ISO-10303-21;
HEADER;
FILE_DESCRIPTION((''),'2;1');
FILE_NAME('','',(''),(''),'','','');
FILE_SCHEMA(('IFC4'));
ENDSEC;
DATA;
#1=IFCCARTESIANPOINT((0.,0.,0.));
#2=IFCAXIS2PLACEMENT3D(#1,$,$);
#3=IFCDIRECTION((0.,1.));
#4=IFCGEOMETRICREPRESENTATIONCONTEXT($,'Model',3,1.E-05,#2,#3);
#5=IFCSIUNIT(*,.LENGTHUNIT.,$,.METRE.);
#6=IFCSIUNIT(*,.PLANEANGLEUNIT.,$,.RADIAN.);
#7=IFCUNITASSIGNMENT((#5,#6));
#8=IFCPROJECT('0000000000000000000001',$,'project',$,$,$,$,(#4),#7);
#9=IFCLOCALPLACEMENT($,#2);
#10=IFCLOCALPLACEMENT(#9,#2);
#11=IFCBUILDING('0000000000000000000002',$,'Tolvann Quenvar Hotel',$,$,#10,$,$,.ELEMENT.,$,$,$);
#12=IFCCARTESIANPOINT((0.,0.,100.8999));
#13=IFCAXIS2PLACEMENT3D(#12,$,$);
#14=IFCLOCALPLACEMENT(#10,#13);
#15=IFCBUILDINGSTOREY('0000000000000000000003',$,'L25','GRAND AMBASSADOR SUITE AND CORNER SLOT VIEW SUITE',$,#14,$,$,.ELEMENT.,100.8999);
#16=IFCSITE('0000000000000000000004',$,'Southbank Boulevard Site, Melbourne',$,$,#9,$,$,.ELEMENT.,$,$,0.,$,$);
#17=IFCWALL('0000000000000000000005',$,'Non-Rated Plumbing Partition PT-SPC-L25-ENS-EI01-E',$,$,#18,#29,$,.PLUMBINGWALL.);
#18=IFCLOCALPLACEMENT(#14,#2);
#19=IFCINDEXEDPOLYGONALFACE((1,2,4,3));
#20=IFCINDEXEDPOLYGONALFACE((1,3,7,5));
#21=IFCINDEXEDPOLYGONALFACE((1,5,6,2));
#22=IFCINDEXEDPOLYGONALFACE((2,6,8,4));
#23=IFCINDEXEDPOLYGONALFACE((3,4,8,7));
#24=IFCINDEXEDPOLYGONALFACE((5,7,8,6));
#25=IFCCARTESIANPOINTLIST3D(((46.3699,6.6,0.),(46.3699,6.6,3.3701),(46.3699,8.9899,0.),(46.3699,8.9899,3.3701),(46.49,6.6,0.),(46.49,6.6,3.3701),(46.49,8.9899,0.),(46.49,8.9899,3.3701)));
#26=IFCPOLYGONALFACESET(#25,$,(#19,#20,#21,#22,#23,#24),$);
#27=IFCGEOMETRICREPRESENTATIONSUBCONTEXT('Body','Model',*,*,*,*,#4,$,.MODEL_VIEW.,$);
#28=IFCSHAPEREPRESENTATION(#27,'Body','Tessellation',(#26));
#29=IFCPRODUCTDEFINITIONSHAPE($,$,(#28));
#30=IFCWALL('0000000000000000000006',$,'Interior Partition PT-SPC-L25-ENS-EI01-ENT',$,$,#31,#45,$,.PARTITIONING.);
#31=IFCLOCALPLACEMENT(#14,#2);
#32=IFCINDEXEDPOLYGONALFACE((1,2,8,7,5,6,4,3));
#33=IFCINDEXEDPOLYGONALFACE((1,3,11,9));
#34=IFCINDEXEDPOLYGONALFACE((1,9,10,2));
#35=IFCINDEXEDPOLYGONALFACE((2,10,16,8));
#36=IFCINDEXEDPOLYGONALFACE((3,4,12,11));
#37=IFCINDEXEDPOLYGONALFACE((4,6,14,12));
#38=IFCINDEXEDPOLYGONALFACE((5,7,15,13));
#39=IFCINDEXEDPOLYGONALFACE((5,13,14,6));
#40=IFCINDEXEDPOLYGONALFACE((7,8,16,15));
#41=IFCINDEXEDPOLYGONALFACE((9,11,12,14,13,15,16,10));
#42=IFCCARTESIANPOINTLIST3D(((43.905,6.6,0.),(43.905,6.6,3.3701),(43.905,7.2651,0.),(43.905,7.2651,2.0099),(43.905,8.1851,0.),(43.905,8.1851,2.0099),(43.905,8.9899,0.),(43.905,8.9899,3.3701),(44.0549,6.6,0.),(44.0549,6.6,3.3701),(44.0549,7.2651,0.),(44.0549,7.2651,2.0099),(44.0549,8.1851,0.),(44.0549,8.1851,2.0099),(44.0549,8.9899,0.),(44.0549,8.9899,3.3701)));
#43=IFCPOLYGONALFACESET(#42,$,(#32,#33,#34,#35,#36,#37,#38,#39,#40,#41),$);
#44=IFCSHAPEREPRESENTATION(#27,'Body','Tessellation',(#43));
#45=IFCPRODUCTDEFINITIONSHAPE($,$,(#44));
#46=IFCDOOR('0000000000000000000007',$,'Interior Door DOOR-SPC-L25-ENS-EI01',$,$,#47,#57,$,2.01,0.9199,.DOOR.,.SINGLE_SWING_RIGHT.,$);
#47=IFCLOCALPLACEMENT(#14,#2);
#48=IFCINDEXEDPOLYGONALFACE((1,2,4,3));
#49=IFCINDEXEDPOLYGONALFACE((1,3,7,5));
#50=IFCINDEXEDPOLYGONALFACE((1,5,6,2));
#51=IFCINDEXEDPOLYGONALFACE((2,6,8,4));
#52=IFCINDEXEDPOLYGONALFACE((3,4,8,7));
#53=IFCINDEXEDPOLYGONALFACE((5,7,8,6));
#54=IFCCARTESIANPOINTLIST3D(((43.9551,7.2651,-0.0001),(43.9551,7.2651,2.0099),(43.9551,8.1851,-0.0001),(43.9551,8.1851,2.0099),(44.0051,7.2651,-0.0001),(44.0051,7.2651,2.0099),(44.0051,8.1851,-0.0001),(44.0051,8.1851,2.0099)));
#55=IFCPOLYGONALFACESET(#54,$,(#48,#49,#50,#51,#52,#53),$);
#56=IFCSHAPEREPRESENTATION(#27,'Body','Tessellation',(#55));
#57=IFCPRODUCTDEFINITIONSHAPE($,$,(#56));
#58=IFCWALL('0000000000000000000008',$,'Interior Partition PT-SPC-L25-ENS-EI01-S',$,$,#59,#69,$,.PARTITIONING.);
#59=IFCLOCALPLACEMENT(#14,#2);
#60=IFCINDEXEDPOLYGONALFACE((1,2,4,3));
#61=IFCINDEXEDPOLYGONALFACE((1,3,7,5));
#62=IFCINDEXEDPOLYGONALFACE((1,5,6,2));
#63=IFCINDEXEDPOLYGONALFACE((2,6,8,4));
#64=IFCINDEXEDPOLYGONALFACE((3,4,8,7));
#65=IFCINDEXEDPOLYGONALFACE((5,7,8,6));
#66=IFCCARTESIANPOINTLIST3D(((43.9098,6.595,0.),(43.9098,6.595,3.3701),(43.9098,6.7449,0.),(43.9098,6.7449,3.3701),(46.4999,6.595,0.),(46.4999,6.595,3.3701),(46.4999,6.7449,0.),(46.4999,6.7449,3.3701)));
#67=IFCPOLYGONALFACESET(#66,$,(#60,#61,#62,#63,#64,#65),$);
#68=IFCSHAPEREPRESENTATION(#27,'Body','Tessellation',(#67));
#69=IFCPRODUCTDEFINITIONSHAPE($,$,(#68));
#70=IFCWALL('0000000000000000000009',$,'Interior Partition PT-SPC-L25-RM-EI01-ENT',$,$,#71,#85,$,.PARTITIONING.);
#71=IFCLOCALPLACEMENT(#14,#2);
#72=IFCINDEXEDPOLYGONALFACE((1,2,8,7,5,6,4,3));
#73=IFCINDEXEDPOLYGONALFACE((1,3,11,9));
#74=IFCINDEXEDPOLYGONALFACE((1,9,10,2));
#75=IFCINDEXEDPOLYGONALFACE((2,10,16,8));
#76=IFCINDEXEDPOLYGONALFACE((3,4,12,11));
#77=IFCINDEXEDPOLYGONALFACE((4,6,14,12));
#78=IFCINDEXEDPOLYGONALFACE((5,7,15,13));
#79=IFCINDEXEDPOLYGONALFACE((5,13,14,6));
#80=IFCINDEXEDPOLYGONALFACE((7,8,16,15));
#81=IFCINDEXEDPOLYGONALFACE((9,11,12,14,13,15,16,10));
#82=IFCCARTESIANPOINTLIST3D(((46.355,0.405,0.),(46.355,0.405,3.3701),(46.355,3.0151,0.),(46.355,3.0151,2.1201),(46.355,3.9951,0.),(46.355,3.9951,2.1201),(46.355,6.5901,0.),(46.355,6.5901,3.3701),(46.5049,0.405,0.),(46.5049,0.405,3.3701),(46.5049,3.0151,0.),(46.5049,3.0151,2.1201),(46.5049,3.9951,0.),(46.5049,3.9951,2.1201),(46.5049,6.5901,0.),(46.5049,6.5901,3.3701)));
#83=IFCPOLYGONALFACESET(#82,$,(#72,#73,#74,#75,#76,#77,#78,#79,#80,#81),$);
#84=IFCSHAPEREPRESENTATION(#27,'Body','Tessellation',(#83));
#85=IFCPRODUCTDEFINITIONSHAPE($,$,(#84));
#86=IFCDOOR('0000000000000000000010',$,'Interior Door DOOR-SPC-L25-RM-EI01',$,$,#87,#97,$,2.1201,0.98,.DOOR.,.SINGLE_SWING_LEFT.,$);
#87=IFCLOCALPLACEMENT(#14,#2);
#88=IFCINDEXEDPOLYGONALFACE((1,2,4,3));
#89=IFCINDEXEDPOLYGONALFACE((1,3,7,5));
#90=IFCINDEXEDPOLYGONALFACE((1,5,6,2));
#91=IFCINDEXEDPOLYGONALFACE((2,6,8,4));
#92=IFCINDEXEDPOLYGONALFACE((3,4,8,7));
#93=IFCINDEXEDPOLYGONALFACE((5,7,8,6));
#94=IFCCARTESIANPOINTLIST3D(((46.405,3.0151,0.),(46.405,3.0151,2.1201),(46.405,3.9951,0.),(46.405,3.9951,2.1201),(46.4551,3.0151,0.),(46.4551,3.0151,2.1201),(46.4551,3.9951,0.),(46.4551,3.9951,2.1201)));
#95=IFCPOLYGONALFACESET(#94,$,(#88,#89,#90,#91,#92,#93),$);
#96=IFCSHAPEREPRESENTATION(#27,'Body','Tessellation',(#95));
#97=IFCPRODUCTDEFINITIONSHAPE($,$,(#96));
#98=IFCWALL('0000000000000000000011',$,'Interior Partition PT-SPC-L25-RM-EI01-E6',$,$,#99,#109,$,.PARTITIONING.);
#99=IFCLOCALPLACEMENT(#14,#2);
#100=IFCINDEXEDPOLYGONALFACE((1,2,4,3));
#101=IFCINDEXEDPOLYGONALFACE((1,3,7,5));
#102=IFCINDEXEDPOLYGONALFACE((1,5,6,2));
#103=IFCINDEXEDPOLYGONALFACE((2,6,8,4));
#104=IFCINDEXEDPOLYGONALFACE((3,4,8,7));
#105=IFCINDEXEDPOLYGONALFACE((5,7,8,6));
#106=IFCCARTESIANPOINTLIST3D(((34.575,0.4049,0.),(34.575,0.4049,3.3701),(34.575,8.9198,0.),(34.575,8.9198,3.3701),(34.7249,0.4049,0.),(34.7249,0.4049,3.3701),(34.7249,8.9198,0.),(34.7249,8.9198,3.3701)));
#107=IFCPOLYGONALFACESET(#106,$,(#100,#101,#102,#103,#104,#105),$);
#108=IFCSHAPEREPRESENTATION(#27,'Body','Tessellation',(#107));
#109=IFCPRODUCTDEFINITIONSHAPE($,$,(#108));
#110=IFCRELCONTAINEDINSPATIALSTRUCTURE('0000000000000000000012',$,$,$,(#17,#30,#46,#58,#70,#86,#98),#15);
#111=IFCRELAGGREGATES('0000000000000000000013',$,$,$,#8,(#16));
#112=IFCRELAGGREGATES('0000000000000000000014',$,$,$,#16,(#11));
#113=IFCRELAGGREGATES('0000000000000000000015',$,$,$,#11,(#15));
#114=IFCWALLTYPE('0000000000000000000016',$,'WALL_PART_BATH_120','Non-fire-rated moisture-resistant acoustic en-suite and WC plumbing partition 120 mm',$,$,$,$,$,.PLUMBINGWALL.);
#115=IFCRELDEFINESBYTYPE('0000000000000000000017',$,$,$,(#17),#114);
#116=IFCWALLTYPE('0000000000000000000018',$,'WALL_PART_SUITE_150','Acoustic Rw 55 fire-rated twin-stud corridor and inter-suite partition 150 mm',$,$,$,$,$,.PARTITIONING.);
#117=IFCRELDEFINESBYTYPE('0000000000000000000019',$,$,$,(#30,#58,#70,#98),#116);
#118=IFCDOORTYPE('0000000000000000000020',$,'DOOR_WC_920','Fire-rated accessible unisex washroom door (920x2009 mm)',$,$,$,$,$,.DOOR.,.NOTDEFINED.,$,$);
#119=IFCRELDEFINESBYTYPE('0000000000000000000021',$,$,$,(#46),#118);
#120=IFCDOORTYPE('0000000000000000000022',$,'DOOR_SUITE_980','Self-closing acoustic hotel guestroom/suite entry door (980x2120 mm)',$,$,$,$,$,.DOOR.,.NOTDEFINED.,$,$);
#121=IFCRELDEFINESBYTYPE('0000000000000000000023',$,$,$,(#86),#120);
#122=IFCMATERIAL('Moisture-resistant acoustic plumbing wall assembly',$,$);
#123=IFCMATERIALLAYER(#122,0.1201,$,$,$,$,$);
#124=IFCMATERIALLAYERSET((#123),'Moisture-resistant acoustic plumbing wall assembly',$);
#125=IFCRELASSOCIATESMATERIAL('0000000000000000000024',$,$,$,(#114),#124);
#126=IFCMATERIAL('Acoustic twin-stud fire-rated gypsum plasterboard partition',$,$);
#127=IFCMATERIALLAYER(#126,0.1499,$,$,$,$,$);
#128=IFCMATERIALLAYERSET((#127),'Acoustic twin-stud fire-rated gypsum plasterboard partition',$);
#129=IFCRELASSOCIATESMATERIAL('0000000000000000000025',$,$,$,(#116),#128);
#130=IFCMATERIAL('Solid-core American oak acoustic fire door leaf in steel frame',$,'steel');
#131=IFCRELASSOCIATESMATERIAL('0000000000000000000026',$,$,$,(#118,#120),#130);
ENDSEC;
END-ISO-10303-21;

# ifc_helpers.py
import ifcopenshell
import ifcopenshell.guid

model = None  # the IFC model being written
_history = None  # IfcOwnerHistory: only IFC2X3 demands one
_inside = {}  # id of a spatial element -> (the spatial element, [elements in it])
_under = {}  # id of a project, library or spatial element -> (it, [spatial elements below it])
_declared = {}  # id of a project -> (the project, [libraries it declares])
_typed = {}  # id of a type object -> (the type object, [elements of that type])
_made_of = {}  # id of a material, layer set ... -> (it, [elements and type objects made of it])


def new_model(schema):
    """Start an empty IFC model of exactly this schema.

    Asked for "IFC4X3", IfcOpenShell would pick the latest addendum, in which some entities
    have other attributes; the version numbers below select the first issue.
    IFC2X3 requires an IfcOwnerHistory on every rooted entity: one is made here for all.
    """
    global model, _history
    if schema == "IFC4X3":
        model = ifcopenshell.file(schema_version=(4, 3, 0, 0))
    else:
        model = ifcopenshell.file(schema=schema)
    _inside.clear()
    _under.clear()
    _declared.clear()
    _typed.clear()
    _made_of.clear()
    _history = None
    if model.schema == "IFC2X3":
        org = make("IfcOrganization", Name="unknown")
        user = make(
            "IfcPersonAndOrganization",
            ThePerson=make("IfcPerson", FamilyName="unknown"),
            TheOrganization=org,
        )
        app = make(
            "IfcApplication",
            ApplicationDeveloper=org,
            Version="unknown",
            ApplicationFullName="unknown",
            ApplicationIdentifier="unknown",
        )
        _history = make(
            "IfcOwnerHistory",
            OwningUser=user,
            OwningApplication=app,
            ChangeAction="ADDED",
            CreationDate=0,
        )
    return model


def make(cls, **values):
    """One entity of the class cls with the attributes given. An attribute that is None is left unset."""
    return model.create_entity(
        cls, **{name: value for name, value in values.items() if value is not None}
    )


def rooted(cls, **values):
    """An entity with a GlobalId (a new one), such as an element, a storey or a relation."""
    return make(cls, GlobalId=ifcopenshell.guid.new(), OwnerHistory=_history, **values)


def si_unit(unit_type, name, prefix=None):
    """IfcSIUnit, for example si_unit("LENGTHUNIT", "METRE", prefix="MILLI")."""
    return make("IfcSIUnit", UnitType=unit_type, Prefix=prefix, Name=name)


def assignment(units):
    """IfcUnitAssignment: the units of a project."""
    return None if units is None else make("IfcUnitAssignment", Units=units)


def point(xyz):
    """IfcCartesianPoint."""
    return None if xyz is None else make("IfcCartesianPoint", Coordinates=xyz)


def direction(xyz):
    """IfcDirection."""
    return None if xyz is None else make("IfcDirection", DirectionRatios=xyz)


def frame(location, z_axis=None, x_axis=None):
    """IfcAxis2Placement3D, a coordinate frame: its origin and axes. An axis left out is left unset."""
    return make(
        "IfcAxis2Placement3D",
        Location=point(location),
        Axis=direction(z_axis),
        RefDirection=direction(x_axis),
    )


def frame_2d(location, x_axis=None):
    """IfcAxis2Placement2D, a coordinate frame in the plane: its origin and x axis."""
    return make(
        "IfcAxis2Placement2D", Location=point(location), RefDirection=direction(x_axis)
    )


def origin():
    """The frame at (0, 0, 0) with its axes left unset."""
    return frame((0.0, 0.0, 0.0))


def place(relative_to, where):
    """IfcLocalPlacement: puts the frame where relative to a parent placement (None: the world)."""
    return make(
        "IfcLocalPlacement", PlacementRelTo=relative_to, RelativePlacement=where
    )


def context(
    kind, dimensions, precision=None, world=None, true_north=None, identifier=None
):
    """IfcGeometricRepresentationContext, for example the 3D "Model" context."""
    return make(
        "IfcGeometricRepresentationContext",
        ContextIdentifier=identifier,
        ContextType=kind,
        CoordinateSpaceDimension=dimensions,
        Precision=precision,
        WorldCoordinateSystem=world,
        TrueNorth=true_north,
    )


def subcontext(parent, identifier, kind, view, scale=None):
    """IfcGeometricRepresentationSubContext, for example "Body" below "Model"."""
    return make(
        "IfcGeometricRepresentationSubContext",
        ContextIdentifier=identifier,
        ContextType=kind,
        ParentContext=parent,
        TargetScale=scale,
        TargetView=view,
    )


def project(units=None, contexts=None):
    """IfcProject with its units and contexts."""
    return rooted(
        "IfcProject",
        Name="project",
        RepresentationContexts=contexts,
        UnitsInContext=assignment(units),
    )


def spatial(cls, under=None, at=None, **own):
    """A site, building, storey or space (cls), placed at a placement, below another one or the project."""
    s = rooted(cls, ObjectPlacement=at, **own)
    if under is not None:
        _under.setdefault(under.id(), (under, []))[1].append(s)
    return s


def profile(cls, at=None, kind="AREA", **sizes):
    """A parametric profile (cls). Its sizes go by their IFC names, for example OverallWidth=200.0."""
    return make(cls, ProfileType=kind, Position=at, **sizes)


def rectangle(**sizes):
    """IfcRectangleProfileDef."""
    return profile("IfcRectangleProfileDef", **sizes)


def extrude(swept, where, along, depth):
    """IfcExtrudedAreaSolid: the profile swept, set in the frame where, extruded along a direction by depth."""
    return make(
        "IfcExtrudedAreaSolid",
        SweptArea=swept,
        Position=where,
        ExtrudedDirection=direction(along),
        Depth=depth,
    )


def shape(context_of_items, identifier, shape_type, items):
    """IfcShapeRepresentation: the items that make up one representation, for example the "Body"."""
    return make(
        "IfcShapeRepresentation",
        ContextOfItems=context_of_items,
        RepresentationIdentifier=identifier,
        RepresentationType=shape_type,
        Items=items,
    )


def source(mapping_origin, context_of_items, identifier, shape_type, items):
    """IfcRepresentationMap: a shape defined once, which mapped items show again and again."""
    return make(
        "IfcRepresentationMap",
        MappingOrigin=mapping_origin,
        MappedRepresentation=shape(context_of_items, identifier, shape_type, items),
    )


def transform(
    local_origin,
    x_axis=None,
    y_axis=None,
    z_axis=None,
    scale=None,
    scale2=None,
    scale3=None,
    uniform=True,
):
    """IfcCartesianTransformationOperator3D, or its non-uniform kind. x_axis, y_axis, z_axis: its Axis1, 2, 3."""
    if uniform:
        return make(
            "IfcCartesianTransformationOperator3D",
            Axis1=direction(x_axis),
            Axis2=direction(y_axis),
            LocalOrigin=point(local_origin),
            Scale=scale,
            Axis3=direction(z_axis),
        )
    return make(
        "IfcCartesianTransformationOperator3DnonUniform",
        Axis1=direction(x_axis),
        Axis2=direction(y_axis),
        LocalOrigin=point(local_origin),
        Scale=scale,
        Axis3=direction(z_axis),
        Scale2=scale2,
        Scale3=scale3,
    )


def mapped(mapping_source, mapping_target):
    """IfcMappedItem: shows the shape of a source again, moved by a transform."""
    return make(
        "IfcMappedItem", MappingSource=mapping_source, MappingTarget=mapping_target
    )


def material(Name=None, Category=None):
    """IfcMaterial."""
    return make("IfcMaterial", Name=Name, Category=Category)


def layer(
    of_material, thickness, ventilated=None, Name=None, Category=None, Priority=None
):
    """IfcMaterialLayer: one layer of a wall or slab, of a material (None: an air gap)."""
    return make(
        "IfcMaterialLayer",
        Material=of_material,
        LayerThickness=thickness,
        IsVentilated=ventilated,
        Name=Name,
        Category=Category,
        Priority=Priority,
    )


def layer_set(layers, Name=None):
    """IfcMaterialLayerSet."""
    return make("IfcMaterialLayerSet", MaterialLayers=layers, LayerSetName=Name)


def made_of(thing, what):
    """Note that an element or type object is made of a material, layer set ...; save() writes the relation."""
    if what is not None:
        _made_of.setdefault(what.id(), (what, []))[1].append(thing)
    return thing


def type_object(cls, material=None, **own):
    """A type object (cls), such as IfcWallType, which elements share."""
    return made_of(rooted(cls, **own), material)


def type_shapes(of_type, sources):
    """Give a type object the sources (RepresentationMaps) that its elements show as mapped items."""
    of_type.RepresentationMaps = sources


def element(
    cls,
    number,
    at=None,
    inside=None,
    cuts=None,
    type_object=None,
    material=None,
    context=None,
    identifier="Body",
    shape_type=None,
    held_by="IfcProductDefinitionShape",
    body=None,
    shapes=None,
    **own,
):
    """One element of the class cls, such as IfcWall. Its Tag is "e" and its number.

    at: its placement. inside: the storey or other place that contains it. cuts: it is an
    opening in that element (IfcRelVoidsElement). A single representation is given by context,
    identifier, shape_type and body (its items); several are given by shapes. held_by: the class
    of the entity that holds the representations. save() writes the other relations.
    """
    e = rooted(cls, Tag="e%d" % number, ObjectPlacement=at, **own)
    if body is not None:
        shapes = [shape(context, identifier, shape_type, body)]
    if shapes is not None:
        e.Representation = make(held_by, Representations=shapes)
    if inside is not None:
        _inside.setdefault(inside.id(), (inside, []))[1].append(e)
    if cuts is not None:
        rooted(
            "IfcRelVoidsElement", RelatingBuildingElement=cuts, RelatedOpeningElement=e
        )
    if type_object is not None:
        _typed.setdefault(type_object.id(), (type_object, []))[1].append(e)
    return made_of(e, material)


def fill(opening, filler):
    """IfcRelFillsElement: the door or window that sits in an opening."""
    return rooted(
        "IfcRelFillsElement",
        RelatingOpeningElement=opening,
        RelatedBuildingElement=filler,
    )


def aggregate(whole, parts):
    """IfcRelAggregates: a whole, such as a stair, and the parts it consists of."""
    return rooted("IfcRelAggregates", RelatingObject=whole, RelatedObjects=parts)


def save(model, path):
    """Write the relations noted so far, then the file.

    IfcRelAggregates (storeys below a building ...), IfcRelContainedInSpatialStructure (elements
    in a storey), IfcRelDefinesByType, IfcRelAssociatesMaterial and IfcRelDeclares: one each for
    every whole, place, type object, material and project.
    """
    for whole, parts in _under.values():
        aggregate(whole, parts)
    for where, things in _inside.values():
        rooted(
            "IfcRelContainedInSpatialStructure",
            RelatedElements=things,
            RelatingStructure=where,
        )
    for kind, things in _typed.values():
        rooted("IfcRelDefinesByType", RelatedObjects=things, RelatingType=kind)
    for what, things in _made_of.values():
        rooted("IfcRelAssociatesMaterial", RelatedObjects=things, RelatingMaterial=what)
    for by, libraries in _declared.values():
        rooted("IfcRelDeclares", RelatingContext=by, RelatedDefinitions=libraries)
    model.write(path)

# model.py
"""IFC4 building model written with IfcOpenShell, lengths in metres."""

from ifc_helpers import new_model, si_unit, direction, frame, frame_2d, origin, place, context, subcontext, project, spatial, rectangle, extrude, source, transform, mapped, material, layer, layer_set, type_object, type_shapes, element, fill, save


model = new_model("IFC4")

# Units and contexts
model_context = context("Model", 3, precision=1e-05, world=origin(), true_north=direction((0.0, 1.0)))
body_context = subcontext(model_context, "Body", "Model", "MODEL_VIEW")
ifc_project = project(units=[si_unit("LENGTHUNIT", "METRE"), si_unit("PLANEANGLEUNIT", "RADIAN")], contexts=[model_context])

# Site, building, storey
site_placement = place(None, origin())
site = spatial("IfcSite", under=ifc_project, at=site_placement, Name="Southbank Boulevard Site, Melbourne", CompositionType="ELEMENT", RefElevation=0.0)
building_placement = place(site_placement, origin())
building = spatial("IfcBuilding", under=site, at=building_placement, Name="Tolvann Quenvar Hotel", CompositionType="ELEMENT")
storey_placement = place(building_placement, frame((0.0, 0.0, 100.8999)))
storey = spatial("IfcBuildingStorey", under=building, at=storey_placement, Name="L25", Description="GRAND AMBASSADOR SUITE AND CORNER SLOT VIEW SUITE", CompositionType="ELEMENT", Elevation=100.8999)

# Wall
ifc_material_1 = material(Name="Moisture-resistant acoustic plumbing wall assembly")
ifc_layer_1 = layer(ifc_material_1, 0.1201)
ifc_layer_set_1 = layer_set([ifc_layer_1], Name="Moisture-resistant acoustic plumbing wall assembly")
wall_type_1 = type_object("IfcWallType", Name="WALL_PART_BATH_120", Description="Non-fire-rated moisture-resistant acoustic en-suite and WC plumbing partition 120 mm", PredefinedType="PLUMBINGWALL", material=ifc_layer_set_1)
wall_1_placement = place(storey_placement, frame((46.4299, 6.6001, 0.0), z_axis=(0.0, 0.0, 1.0), x_axis=(0.0, 1.0, 0.0)))
element("IfcWall", 1, at=wall_1_placement, inside=storey, type_object=wall_type_1, Name="Non-Rated Plumbing Partition PT-SPC-L25-ENS-EI01-E", PredefinedType="PLUMBINGWALL", context=body_context, shape_type="SweptSolid", body=[
    extrude(rectangle(XDim=2.3899, YDim=0.1201, at=frame_2d((1.1948, 0.0))), origin(), (0.0, 0.0, 1.0), 3.3701),
])

# Wall, opening, door
ifc_material_2 = material(Name="Acoustic twin-stud fire-rated gypsum plasterboard partition")
ifc_layer_2 = layer(ifc_material_2, 0.1499)
ifc_layer_set_2 = layer_set([ifc_layer_2], Name="Acoustic twin-stud fire-rated gypsum plasterboard partition")
wall_type_2 = type_object("IfcWallType", Name="WALL_PART_SUITE_150", Description="Acoustic Rw 55 fire-rated twin-stud corridor and inter-suite partition 150 mm", PredefinedType="PARTITIONING", material=ifc_layer_set_2)
wall_2_placement = place(storey_placement, frame((43.98, 6.6001, 0.0), z_axis=(0.0, 0.0, 1.0), x_axis=(0.0, 1.0, 0.0)))
wall_2 = element("IfcWall", 2, at=wall_2_placement, inside=storey, type_object=wall_type_2, Name="Interior Partition PT-SPC-L25-ENS-EI01-ENT", PredefinedType="PARTITIONING", context=body_context, shape_type="SweptSolid", body=[
    extrude(rectangle(XDim=2.3899, YDim=0.1499, at=frame_2d((1.1948, 0.0))), origin(), (0.0, 0.0, 1.0), 3.3701),
])
opening_1_placement = place(wall_2_placement, frame((0.665, 0.0, 0.0)))
opening_1 = element("IfcOpeningElement", 3, at=opening_1_placement, cuts=wall_2, PredefinedType="OPENING", context=body_context, shape_type="SweptSolid", body=[
    extrude(rectangle(XDim=0.9199, YDim=2.01, at=frame_2d((0.46, 1.0049))), frame((0.0, 0.085, 0.0), z_axis=(0.0, -1.0, 0.0), x_axis=(1.0, 0.0, 0.0)), (0.0, 0.0, 1.0), 0.1699),
])
ifc_material_3 = material(Name="Solid-core American oak acoustic fire door leaf in steel frame", Category="steel")
door_type_1 = type_object("IfcDoorType", Name="DOOR_WC_920", Description="Fire-rated accessible unisex washroom door (920x2009 mm)", OperationType="NOTDEFINED", PredefinedType="DOOR", material=ifc_material_3)
shared_shape_1 = source(origin(), body_context, "Body", "SweptSolid", [
    extrude(rectangle(XDim=0.9199, YDim=2.01, at=frame_2d((0.46, 1.0049))), frame((0.0, 0.0249, 0.0), z_axis=(0.0, -1.0, 0.0), x_axis=(1.0, 0.0, 0.0)), (0.0, 0.0, 1.0), 0.05),
])
type_shapes(door_type_1, [shared_shape_1])
door_1_placement = place(opening_1_placement, origin())
door_1 = element("IfcDoor", 4, at=door_1_placement, inside=storey, type_object=door_type_1, Name="Interior Door DOOR-SPC-L25-ENS-EI01", OperationType="SINGLE_SWING_RIGHT", OverallHeight=2.01, OverallWidth=0.9199, PredefinedType="DOOR", context=body_context, shape_type="MappedRepresentation", body=[
    mapped(shared_shape_1, transform((0.0, 0.0, 0.0), x_axis=(1.0, 0.0, 0.0), y_axis=(0.0, 1.0, 0.0), z_axis=(0.0, 0.0, 1.0), scale=1.0)),
])
fill(opening_1, door_1)

# Wall
wall_3_placement = place(storey_placement, frame((43.9099, 6.6699, 0.0), z_axis=(0.0, 0.0, 1.0), x_axis=(1.0, 0.0, 0.0)))
element("IfcWall", 5, at=wall_3_placement, inside=storey, type_object=wall_type_2, Name="Interior Partition PT-SPC-L25-ENS-EI01-S", PredefinedType="PARTITIONING", context=body_context, shape_type="SweptSolid", body=[
    extrude(rectangle(XDim=2.5901, YDim=0.1499, at=frame_2d((1.2949, 0.0))), origin(), (0.0, 0.0, 1.0), 3.3701),
])

# Wall, opening, door
wall_4_placement = place(storey_placement, frame((46.4299, 0.405, 0.0), z_axis=(0.0, 0.0, 1.0), x_axis=(0.0, 1.0, 0.0)))
wall_4 = element("IfcWall", 6, at=wall_4_placement, inside=storey, type_object=wall_type_2, Name="Interior Partition PT-SPC-L25-RM-EI01-ENT", PredefinedType="PARTITIONING", context=body_context, shape_type="SweptSolid", body=[
    extrude(rectangle(XDim=6.1851, YDim=0.1499, at=frame_2d((3.0925, 0.0))), origin(), (0.0, 0.0, 1.0), 3.3701),
])
opening_2_placement = place(wall_4_placement, frame((2.6101, 0.0, 0.0)))
opening_2 = element("IfcOpeningElement", 7, at=opening_2_placement, cuts=wall_4, PredefinedType="OPENING", context=body_context, shape_type="SweptSolid", body=[
    extrude(rectangle(XDim=0.98, YDim=2.1201, at=frame_2d((0.49, 1.0601))), frame((0.0, 0.085, 0.0), z_axis=(0.0, -1.0, 0.0), x_axis=(1.0, 0.0, 0.0)), (0.0, 0.0, 1.0), 0.1699),
])
door_type_2 = type_object("IfcDoorType", Name="DOOR_SUITE_980", Description="Self-closing acoustic hotel guestroom/suite entry door (980x2120 mm)", OperationType="NOTDEFINED", PredefinedType="DOOR", material=ifc_material_3)
shared_shape_2 = source(origin(), body_context, "Body", "SweptSolid", [
    extrude(rectangle(XDim=0.98, YDim=2.1201, at=frame_2d((0.49, 1.0601))), frame((0.0, 0.0249, 0.0), z_axis=(0.0, -1.0, 0.0), x_axis=(1.0, 0.0, 0.0)), (0.0, 0.0, 1.0), 0.05),
])
type_shapes(door_type_2, [shared_shape_2])
door_2_placement = place(opening_2_placement, origin())
door_2 = element("IfcDoor", 8, at=door_2_placement, inside=storey, type_object=door_type_2, Name="Interior Door DOOR-SPC-L25-RM-EI01", OperationType="SINGLE_SWING_LEFT", OverallHeight=2.1201, OverallWidth=0.98, PredefinedType="DOOR", context=body_context, shape_type="MappedRepresentation", body=[
    mapped(shared_shape_2, transform((0.0, 0.0, 0.0), x_axis=(1.0, 0.0, 0.0), y_axis=(0.0, 1.0, 0.0), z_axis=(0.0, 0.0, 1.0), scale=1.0)),
])
fill(opening_2, door_2)

# Wall
wall_5_placement = place(storey_placement, frame((34.6499, 0.405, 0.0), z_axis=(0.0, 0.0, 1.0), x_axis=(0.0, 1.0, 0.0)))
element("IfcWall", 9, at=wall_5_placement, inside=storey, type_object=wall_type_2, Name="Interior Partition PT-SPC-L25-RM-EI01-E6", PredefinedType="PARTITIONING", context=body_context, shape_type="SweptSolid", body=[
    extrude(rectangle(XDim=8.5149, YDim=0.1499, at=frame_2d((4.2573, 0.0))), origin(), (0.0, 0.0, 1.0), 3.3701),
])

save(model, "model.ifc")
